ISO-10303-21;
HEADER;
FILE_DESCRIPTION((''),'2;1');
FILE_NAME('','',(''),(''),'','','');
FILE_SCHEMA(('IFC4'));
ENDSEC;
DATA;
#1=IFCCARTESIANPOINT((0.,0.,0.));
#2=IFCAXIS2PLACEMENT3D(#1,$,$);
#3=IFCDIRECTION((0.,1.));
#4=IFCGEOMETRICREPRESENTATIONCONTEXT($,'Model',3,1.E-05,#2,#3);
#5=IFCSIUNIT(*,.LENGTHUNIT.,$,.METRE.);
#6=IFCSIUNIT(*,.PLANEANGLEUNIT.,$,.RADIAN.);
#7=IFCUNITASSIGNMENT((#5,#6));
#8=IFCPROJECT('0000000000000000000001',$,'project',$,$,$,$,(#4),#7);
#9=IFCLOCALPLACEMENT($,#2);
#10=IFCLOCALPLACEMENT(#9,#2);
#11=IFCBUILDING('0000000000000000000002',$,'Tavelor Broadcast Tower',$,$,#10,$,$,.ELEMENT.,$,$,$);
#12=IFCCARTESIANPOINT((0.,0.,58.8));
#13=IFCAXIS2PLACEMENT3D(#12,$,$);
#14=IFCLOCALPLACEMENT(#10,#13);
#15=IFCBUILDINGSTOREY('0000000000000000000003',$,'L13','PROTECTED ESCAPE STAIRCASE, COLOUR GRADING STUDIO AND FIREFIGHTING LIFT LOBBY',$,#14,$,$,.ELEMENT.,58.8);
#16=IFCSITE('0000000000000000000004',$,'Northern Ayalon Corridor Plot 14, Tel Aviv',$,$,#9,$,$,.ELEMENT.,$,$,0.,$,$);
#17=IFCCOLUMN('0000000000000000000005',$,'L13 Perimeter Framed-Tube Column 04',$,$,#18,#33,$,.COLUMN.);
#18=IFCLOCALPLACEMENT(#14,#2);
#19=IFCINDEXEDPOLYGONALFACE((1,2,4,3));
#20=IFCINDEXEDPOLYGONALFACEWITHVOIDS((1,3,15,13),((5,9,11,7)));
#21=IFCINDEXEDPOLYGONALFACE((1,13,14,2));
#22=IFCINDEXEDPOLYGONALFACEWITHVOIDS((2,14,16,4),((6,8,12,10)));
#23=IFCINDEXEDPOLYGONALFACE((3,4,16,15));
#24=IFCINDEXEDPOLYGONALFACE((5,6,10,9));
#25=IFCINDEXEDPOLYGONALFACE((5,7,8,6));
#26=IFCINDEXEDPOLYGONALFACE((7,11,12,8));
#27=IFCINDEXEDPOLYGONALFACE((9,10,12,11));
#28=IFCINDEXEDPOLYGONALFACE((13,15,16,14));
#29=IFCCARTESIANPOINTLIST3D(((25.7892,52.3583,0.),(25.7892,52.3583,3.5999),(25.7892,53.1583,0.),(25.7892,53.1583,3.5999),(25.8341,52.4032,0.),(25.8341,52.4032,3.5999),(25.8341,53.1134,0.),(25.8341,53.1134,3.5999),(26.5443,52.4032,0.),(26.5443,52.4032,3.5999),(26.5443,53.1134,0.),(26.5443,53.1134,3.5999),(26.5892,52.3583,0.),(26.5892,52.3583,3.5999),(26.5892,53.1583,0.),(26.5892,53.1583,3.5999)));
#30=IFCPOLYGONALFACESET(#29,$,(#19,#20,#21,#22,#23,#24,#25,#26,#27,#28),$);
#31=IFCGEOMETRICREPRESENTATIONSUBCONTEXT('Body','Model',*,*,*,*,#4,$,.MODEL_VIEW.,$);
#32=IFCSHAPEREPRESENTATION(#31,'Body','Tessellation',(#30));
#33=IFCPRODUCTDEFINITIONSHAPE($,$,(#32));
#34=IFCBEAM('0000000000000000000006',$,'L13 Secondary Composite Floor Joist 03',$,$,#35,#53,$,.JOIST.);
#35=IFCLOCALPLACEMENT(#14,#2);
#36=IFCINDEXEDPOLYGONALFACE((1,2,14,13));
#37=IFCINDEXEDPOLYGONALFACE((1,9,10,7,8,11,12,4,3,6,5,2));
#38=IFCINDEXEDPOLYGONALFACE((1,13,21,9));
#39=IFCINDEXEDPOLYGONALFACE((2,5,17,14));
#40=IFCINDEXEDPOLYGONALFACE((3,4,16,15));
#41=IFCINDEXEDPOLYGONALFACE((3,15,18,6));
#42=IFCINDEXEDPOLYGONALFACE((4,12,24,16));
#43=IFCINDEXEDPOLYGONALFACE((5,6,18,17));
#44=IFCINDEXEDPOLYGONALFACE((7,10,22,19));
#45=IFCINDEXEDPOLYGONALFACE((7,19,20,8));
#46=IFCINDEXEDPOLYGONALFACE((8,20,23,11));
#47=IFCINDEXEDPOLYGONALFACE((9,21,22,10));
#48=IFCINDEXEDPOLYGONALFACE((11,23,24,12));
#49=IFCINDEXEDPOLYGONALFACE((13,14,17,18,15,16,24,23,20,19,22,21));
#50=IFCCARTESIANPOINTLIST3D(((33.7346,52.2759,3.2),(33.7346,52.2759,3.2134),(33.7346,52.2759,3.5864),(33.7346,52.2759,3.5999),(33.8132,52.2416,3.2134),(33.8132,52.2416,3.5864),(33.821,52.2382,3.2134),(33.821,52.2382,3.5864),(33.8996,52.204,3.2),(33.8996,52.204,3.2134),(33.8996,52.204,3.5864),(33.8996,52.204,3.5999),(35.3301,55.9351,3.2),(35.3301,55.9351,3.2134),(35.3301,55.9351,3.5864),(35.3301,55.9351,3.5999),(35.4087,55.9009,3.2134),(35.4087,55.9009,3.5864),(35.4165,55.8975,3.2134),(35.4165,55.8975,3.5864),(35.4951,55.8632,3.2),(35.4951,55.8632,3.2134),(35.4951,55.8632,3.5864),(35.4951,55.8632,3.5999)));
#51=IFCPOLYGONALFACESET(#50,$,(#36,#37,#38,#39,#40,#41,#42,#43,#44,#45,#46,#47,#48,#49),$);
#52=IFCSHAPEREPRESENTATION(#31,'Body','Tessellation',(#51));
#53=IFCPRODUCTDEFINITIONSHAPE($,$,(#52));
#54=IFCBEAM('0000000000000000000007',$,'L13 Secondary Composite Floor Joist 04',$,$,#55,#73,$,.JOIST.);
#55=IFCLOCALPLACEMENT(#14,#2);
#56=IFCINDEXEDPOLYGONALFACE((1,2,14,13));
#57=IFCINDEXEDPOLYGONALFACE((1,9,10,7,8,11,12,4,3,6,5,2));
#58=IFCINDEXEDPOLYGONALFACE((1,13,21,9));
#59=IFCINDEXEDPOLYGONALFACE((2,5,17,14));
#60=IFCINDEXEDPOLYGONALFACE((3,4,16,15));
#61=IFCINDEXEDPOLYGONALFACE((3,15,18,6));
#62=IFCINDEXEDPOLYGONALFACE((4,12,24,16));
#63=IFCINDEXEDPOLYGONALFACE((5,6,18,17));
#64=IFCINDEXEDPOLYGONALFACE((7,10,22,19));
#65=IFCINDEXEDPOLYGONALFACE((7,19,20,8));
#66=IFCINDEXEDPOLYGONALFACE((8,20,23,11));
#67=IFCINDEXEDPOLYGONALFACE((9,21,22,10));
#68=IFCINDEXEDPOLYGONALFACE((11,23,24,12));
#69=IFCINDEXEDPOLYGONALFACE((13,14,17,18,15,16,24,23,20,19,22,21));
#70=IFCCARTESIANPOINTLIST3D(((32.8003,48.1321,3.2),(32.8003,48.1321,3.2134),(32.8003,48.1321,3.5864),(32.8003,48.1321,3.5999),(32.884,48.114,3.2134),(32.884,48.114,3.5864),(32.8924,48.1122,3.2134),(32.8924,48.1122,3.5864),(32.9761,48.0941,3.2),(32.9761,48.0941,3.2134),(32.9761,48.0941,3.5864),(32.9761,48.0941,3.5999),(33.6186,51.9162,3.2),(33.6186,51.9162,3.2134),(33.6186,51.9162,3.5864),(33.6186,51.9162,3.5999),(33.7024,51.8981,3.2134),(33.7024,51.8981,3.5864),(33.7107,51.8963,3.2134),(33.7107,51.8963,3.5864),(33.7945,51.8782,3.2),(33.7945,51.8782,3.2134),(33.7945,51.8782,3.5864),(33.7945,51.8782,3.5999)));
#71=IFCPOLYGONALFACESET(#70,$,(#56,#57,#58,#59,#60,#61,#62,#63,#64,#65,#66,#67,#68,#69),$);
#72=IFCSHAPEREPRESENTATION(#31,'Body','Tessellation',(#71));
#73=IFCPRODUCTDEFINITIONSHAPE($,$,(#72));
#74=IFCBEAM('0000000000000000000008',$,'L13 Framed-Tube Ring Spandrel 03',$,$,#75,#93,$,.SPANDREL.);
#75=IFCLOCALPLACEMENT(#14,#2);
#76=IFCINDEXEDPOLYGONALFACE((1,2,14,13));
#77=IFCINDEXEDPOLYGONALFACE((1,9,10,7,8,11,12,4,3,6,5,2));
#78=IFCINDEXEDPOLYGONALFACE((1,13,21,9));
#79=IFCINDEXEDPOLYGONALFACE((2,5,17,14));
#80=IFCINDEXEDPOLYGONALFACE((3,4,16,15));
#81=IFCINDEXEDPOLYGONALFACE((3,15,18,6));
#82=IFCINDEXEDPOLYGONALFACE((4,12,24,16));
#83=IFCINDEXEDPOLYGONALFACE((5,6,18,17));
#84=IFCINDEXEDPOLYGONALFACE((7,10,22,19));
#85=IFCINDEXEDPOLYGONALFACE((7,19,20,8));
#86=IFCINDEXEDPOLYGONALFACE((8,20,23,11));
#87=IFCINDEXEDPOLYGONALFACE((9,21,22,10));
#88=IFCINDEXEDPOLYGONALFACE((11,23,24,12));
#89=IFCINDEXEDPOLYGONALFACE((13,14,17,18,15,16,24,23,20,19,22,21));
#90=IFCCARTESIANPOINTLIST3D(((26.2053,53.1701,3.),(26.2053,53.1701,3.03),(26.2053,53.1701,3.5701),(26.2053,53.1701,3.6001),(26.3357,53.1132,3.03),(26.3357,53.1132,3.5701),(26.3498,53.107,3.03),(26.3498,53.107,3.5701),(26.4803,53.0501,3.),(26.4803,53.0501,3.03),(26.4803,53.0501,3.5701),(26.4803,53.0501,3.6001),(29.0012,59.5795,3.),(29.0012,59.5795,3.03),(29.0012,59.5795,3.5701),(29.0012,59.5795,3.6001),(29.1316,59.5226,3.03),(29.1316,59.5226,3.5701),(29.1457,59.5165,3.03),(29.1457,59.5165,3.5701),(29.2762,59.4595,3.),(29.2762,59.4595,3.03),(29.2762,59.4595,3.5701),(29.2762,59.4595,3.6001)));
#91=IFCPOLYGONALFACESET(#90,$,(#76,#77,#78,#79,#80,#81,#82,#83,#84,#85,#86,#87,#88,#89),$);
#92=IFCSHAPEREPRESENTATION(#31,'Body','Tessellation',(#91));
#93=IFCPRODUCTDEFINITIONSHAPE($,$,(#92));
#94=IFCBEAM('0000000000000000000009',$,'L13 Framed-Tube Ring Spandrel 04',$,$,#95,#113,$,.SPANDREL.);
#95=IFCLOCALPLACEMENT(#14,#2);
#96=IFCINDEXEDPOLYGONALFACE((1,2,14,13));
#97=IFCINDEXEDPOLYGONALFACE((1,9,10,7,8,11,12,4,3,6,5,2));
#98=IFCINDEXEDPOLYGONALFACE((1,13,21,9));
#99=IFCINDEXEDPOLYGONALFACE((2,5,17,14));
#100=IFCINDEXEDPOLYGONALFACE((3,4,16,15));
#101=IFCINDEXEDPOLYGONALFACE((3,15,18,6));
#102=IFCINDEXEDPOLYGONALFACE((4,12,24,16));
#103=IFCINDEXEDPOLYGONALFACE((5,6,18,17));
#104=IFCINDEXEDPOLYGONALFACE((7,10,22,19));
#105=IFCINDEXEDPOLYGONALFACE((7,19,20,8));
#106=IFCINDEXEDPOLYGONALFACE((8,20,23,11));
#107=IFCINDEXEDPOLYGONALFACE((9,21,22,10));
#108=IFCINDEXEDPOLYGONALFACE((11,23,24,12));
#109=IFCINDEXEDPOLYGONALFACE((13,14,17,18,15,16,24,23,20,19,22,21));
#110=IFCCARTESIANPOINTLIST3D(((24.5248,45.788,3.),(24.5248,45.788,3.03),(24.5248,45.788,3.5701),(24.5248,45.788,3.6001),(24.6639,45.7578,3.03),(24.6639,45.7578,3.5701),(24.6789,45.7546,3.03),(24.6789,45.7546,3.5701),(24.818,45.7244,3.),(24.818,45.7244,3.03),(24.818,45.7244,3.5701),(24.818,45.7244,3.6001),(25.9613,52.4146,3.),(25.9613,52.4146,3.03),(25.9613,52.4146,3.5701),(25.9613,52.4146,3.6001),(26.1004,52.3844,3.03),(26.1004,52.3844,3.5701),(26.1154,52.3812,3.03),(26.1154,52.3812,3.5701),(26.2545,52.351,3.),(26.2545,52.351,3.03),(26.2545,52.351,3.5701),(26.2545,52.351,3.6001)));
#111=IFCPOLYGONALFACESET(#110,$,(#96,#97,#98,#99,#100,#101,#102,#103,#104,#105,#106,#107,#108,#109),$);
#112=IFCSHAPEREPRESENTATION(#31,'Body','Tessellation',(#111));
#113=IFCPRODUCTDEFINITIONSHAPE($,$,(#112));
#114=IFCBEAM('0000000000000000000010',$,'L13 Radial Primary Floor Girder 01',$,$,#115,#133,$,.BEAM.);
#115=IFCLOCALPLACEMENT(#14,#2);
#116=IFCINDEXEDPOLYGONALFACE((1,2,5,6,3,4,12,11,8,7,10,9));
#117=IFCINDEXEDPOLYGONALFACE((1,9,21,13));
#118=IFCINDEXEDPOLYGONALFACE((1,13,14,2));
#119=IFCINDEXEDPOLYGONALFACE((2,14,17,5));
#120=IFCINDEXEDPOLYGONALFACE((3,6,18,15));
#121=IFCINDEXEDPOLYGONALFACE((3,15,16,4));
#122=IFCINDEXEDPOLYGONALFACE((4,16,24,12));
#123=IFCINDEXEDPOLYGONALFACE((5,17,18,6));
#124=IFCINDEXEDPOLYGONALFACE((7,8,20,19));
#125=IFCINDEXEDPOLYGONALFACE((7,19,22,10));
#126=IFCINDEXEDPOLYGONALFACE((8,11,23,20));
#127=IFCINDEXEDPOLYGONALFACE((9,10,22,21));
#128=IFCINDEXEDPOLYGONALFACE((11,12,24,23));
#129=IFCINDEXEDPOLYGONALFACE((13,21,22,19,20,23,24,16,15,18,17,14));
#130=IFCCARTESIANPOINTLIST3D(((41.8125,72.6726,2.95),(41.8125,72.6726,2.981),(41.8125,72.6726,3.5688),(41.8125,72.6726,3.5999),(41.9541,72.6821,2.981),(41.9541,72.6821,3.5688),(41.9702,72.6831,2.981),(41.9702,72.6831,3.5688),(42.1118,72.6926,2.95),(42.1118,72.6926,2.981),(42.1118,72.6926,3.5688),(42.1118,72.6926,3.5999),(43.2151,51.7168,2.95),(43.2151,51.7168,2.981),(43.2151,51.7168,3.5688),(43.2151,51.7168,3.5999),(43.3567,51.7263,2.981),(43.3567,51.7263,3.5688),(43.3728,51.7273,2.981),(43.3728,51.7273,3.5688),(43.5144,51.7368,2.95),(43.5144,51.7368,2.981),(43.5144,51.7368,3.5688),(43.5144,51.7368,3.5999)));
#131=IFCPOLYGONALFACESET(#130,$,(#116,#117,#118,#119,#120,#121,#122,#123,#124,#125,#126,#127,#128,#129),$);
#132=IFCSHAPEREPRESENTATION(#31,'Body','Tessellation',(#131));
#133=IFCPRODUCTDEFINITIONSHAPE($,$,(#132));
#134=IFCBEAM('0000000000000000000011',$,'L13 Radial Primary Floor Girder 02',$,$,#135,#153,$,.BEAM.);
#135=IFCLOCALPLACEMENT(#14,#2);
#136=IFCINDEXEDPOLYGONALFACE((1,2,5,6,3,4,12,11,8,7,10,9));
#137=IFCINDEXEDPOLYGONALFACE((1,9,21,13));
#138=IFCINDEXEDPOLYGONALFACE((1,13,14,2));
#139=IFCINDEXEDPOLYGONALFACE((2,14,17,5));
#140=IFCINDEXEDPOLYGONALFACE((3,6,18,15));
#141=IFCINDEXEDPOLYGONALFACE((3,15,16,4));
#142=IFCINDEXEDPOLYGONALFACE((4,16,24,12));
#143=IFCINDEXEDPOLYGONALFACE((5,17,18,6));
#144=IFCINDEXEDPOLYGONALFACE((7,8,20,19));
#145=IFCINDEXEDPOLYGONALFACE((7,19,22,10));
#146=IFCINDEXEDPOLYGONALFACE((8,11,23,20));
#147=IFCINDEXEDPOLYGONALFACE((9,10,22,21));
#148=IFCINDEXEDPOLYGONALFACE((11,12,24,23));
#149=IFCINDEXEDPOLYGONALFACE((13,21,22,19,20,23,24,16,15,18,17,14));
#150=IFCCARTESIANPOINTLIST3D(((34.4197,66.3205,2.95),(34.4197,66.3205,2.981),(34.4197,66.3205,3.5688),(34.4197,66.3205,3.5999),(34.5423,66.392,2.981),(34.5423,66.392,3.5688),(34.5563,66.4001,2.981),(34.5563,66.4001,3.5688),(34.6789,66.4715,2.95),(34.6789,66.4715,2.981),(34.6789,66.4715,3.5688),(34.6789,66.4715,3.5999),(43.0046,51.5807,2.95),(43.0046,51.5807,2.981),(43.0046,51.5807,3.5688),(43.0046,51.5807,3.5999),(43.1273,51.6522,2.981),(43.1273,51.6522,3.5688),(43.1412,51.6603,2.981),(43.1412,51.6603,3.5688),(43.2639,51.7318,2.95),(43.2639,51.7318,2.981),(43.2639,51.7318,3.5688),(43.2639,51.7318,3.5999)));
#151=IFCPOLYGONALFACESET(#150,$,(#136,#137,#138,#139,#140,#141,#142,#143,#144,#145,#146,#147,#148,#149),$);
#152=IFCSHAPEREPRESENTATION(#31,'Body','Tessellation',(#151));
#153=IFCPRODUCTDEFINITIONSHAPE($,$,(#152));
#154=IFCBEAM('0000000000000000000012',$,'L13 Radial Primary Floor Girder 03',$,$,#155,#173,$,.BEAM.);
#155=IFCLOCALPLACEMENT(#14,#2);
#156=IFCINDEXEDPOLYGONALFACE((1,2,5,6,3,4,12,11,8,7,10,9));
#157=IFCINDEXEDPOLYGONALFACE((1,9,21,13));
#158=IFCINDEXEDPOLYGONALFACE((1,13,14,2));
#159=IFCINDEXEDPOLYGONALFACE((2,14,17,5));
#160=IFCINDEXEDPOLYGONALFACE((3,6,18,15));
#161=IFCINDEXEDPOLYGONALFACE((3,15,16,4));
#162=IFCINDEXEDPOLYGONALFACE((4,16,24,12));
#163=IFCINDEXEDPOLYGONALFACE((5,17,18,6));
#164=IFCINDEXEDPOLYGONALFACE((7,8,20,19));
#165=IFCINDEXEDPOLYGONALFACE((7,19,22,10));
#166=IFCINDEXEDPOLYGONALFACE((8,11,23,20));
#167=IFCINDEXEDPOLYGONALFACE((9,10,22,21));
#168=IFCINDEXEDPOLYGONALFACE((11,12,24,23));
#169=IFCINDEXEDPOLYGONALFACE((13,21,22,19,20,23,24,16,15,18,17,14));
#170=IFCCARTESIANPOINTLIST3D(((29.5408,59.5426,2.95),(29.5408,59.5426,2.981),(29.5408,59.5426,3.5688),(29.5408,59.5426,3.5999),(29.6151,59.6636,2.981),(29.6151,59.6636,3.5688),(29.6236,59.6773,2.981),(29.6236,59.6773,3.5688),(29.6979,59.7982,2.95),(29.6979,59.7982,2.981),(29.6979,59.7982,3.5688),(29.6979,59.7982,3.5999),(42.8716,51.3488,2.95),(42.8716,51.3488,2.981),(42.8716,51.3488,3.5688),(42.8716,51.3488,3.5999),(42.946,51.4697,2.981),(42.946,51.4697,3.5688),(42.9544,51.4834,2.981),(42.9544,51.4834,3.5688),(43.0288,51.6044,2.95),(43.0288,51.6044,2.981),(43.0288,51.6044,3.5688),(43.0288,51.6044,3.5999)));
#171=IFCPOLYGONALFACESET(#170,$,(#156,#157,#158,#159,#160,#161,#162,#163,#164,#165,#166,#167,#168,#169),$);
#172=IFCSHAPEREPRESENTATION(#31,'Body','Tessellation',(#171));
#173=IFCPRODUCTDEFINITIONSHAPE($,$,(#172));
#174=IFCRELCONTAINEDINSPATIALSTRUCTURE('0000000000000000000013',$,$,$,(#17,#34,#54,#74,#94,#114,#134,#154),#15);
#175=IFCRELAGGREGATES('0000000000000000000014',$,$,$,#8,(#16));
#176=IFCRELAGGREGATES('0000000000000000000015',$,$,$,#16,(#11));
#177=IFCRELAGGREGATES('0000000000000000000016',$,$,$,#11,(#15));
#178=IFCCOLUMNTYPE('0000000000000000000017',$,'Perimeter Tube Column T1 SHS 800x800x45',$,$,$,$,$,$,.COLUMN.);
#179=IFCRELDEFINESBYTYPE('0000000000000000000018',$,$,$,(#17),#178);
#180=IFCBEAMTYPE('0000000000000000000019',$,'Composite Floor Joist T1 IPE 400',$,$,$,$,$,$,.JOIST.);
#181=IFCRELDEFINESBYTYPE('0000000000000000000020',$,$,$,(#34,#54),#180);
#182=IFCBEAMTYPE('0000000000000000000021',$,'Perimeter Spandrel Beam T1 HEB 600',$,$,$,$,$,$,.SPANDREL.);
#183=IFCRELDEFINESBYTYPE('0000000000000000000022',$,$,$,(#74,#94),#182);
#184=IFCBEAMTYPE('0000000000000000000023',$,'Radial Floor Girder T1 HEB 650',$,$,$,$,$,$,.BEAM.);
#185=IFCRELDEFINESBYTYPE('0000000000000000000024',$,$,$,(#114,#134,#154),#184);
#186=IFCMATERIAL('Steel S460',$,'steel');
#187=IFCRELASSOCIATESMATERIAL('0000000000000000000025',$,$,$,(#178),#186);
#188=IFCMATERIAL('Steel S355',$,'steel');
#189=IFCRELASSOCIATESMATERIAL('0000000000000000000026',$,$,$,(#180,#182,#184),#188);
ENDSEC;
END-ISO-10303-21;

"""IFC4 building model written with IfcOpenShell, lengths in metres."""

from ifc_helpers import new_model, si_unit, direction, frame, origin, origin_2d, place, context, subcontext, project, spatial, hollow_rectangle, i_section, extrude, material, material_profile, profile_set, type_object, element, save


model = new_model("IFC4")

# Units and contexts
model_context = context("Model", 3, precision=1e-05, world=origin(), true_north=direction((0.0, 1.0)))
body_context = subcontext(model_context, "Body", "Model", "MODEL_VIEW")
ifc_project = project(units=[si_unit("LENGTHUNIT", "METRE"), si_unit("PLANEANGLEUNIT", "RADIAN")], contexts=[model_context])

# Site, building, storey
site_placement = place(None, origin())
site = spatial("IfcSite", under=ifc_project, at=site_placement, Name="Northern Ayalon Corridor Plot 14, Tel Aviv", CompositionType="ELEMENT", RefElevation=0.0)
building_placement = place(site_placement, origin())
building = spatial("IfcBuilding", under=site, at=building_placement, Name="Tavelor Broadcast Tower", CompositionType="ELEMENT")
storey_placement = place(building_placement, frame((0.0, 0.0, 58.8)))
storey = spatial("IfcBuildingStorey", under=building, at=storey_placement, Name="L13", Description="PROTECTED ESCAPE STAIRCASE, COLOUR GRADING STUDIO AND FIREFIGHTING LIFT LOBBY", CompositionType="ELEMENT", Elevation=58.8)

# Column
ifc_material_1 = material(Name="Steel S460", Category="steel")
ifc_material_profile_1 = material_profile(ifc_material_1, hollow_rectangle(XDim=0.8, YDim=0.8, WallThickness=0.0449, at=origin_2d()), Name="SHS 800x800x45")
ifc_profile_set_1 = profile_set([ifc_material_profile_1], Name="Steel S460")
column_type = type_object("IfcColumnType", Name="Perimeter Tube Column T1 SHS 800x800x45", PredefinedType="COLUMN", material=ifc_profile_set_1)
column_placement = place(storey_placement, frame((26.1892, 52.7583, 0.0), z_axis=(0.0, 0.0, 1.0), x_axis=(1.0, 0.0, 0.0)))
element("IfcColumn", 1, at=column_placement, inside=storey, type_object=column_type, Name="L13 Perimeter Framed-Tube Column 04", PredefinedType="COLUMN", context=body_context, shape_type="SweptSolid", body=[
    extrude(hollow_rectangle(XDim=0.8, YDim=0.8, WallThickness=0.0449, at=origin_2d()), origin(), (0.0, 0.0, 1.0), 3.5999),
])

# Beams
ifc_material_2 = material(Name="Steel S355", Category="steel")
ifc_material_profile_2 = material_profile(ifc_material_2, i_section(OverallWidth=0.1799, OverallDepth=0.3999, WebThickness=0.0085, FlangeThickness=0.0134, at=origin_2d()), Name="IPE 400")
ifc_profile_set_2 = profile_set([ifc_material_profile_2], Name="Steel S355")
beam_type_1 = type_object("IfcBeamType", Name="Composite Floor Joist T1 IPE 400", PredefinedType="JOIST", material=ifc_profile_set_2)
beam_1_placement = place(storey_placement, frame((35.4126, 55.8992, 3.3999), z_axis=(-0.399676, -0.916656, 0.0), x_axis=(0.916656, -0.399676, 0.0)))
element("IfcBeam", 2, at=beam_1_placement, inside=storey, type_object=beam_type_1, Name="L13 Secondary Composite Floor Joist 03", PredefinedType="JOIST", context=body_context, shape_type="SweptSolid", body=[
    extrude(i_section(OverallWidth=0.1799, OverallDepth=0.3999, WebThickness=0.0085, FlangeThickness=0.0134, at=origin_2d()), origin(), (0.0, 0.0, 1.0), 3.9919),
])
beam_2_placement = place(storey_placement, frame((33.7065, 51.8972, 3.3999), z_axis=(-0.211372, -0.977406, 0.0), x_axis=(0.977406, -0.211372, 0.0)))
element("IfcBeam", 3, at=beam_2_placement, inside=storey, type_object=beam_type_1, Name="L13 Secondary Composite Floor Joist 04", PredefinedType="JOIST", context=body_context, shape_type="SweptSolid", body=[
    extrude(i_section(OverallWidth=0.1799, OverallDepth=0.3999, WebThickness=0.0085, FlangeThickness=0.0134, at=origin_2d()), origin(), (0.0, 0.0, 1.0), 3.8716),
])
ifc_material_profile_3 = material_profile(ifc_material_2, i_section(OverallWidth=0.3, OverallDepth=0.6001, WebThickness=0.0154, FlangeThickness=0.03, at=origin_2d()), Name="HEB 600")
ifc_profile_set_3 = profile_set([ifc_material_profile_3], Name="Steel S355")
beam_type_2 = type_object("IfcBeamType", Name="Perimeter Spandrel Beam T1 HEB 600", PredefinedType="SPANDREL", material=ifc_profile_set_3)
beam_3_placement = place(storey_placement, frame((29.1387, 59.5195, 3.3), z_axis=(-0.399831, -0.916589, 0.0), x_axis=(0.916589, -0.399831, 0.0)))
element("IfcBeam", 4, at=beam_3_placement, inside=storey, type_object=beam_type_2, Name="L13 Framed-Tube Ring Spandrel 03", PredefinedType="SPANDREL", context=body_context, shape_type="SweptSolid", body=[
    extrude(i_section(OverallWidth=0.3, OverallDepth=0.6001, WebThickness=0.0154, FlangeThickness=0.03, at=origin_2d()), origin(), (0.0, 0.0, 1.0), 6.9927),
])
beam_4_placement = place(storey_placement, frame((26.1079, 52.3828, 3.3), z_axis=(-0.211857, -0.977301, 0.0), x_axis=(0.977301, -0.211857, 0.0)))
element("IfcBeam", 5, at=beam_4_placement, inside=storey, type_object=beam_type_2, Name="L13 Framed-Tube Ring Spandrel 04", PredefinedType="SPANDREL", context=body_context, shape_type="SweptSolid", body=[
    extrude(i_section(OverallWidth=0.3, OverallDepth=0.6001, WebThickness=0.0154, FlangeThickness=0.03, at=origin_2d()), origin(), (0.0, 0.0, 1.0), 6.7805),
])
ifc_material_profile_4 = material_profile(ifc_material_2, i_section(OverallWidth=0.3, OverallDepth=0.6499, WebThickness=0.0161, FlangeThickness=0.031, at=origin_2d()), Name="HEB 650")
ifc_profile_set_4 = profile_set([ifc_material_profile_4], Name="Steel S355")
beam_type_3 = type_object("IfcBeamType", Name="Radial Floor Girder T1 HEB 650", PredefinedType="BEAM", material=ifc_profile_set_4)
beam_5_placement = place(storey_placement, frame((43.3647, 51.7268, 3.2749), z_axis=(-0.066781, 0.997768, 0.0), x_axis=(-0.997768, -0.066781, 0.0)))
element("IfcBeam", 6, at=beam_5_placement, inside=storey, type_object=beam_type_3, Name="L13 Radial Primary Floor Girder 01", PredefinedType="BEAM", context=body_context, shape_type="SweptSolid", body=[
    extrude(i_section(OverallWidth=0.3, OverallDepth=0.6499, WebThickness=0.0161, FlangeThickness=0.031, at=origin_2d()), origin(), (0.0, 0.0, 1.0), 21.0027),
])
beam_6_placement = place(storey_placement, frame((43.1343, 51.6562, 3.2749), z_axis=(-0.503292, 0.864116, 0.0), x_axis=(-0.864116, -0.503292, 0.0)))
element("IfcBeam", 7, at=beam_6_placement, inside=storey, type_object=beam_type_3, Name="L13 Radial Primary Floor Girder 02", PredefinedType="BEAM", context=body_context, shape_type="SweptSolid", body=[
    extrude(i_section(OverallWidth=0.3, OverallDepth=0.6499, WebThickness=0.0161, FlangeThickness=0.031, at=origin_2d()), origin(), (0.0, 0.0, 1.0), 17.0576),
])
beam_7_placement = place(storey_placement, frame((42.9502, 51.4766, 3.2749), z_axis=(-0.851936, 0.523646, 0.0), x_axis=(-0.523646, -0.851936, 0.0)))
element("IfcBeam", 8, at=beam_7_placement, inside=storey, type_object=beam_type_3, Name="L13 Radial Primary Floor Girder 03", PredefinedType="BEAM", context=body_context, shape_type="SweptSolid", body=[
    extrude(i_section(OverallWidth=0.3, OverallDepth=0.6499, WebThickness=0.0161, FlangeThickness=0.031, at=origin_2d()), origin(), (0.0, 0.0, 1.0), 15.6477),
])

save(model, "model.ifc")
